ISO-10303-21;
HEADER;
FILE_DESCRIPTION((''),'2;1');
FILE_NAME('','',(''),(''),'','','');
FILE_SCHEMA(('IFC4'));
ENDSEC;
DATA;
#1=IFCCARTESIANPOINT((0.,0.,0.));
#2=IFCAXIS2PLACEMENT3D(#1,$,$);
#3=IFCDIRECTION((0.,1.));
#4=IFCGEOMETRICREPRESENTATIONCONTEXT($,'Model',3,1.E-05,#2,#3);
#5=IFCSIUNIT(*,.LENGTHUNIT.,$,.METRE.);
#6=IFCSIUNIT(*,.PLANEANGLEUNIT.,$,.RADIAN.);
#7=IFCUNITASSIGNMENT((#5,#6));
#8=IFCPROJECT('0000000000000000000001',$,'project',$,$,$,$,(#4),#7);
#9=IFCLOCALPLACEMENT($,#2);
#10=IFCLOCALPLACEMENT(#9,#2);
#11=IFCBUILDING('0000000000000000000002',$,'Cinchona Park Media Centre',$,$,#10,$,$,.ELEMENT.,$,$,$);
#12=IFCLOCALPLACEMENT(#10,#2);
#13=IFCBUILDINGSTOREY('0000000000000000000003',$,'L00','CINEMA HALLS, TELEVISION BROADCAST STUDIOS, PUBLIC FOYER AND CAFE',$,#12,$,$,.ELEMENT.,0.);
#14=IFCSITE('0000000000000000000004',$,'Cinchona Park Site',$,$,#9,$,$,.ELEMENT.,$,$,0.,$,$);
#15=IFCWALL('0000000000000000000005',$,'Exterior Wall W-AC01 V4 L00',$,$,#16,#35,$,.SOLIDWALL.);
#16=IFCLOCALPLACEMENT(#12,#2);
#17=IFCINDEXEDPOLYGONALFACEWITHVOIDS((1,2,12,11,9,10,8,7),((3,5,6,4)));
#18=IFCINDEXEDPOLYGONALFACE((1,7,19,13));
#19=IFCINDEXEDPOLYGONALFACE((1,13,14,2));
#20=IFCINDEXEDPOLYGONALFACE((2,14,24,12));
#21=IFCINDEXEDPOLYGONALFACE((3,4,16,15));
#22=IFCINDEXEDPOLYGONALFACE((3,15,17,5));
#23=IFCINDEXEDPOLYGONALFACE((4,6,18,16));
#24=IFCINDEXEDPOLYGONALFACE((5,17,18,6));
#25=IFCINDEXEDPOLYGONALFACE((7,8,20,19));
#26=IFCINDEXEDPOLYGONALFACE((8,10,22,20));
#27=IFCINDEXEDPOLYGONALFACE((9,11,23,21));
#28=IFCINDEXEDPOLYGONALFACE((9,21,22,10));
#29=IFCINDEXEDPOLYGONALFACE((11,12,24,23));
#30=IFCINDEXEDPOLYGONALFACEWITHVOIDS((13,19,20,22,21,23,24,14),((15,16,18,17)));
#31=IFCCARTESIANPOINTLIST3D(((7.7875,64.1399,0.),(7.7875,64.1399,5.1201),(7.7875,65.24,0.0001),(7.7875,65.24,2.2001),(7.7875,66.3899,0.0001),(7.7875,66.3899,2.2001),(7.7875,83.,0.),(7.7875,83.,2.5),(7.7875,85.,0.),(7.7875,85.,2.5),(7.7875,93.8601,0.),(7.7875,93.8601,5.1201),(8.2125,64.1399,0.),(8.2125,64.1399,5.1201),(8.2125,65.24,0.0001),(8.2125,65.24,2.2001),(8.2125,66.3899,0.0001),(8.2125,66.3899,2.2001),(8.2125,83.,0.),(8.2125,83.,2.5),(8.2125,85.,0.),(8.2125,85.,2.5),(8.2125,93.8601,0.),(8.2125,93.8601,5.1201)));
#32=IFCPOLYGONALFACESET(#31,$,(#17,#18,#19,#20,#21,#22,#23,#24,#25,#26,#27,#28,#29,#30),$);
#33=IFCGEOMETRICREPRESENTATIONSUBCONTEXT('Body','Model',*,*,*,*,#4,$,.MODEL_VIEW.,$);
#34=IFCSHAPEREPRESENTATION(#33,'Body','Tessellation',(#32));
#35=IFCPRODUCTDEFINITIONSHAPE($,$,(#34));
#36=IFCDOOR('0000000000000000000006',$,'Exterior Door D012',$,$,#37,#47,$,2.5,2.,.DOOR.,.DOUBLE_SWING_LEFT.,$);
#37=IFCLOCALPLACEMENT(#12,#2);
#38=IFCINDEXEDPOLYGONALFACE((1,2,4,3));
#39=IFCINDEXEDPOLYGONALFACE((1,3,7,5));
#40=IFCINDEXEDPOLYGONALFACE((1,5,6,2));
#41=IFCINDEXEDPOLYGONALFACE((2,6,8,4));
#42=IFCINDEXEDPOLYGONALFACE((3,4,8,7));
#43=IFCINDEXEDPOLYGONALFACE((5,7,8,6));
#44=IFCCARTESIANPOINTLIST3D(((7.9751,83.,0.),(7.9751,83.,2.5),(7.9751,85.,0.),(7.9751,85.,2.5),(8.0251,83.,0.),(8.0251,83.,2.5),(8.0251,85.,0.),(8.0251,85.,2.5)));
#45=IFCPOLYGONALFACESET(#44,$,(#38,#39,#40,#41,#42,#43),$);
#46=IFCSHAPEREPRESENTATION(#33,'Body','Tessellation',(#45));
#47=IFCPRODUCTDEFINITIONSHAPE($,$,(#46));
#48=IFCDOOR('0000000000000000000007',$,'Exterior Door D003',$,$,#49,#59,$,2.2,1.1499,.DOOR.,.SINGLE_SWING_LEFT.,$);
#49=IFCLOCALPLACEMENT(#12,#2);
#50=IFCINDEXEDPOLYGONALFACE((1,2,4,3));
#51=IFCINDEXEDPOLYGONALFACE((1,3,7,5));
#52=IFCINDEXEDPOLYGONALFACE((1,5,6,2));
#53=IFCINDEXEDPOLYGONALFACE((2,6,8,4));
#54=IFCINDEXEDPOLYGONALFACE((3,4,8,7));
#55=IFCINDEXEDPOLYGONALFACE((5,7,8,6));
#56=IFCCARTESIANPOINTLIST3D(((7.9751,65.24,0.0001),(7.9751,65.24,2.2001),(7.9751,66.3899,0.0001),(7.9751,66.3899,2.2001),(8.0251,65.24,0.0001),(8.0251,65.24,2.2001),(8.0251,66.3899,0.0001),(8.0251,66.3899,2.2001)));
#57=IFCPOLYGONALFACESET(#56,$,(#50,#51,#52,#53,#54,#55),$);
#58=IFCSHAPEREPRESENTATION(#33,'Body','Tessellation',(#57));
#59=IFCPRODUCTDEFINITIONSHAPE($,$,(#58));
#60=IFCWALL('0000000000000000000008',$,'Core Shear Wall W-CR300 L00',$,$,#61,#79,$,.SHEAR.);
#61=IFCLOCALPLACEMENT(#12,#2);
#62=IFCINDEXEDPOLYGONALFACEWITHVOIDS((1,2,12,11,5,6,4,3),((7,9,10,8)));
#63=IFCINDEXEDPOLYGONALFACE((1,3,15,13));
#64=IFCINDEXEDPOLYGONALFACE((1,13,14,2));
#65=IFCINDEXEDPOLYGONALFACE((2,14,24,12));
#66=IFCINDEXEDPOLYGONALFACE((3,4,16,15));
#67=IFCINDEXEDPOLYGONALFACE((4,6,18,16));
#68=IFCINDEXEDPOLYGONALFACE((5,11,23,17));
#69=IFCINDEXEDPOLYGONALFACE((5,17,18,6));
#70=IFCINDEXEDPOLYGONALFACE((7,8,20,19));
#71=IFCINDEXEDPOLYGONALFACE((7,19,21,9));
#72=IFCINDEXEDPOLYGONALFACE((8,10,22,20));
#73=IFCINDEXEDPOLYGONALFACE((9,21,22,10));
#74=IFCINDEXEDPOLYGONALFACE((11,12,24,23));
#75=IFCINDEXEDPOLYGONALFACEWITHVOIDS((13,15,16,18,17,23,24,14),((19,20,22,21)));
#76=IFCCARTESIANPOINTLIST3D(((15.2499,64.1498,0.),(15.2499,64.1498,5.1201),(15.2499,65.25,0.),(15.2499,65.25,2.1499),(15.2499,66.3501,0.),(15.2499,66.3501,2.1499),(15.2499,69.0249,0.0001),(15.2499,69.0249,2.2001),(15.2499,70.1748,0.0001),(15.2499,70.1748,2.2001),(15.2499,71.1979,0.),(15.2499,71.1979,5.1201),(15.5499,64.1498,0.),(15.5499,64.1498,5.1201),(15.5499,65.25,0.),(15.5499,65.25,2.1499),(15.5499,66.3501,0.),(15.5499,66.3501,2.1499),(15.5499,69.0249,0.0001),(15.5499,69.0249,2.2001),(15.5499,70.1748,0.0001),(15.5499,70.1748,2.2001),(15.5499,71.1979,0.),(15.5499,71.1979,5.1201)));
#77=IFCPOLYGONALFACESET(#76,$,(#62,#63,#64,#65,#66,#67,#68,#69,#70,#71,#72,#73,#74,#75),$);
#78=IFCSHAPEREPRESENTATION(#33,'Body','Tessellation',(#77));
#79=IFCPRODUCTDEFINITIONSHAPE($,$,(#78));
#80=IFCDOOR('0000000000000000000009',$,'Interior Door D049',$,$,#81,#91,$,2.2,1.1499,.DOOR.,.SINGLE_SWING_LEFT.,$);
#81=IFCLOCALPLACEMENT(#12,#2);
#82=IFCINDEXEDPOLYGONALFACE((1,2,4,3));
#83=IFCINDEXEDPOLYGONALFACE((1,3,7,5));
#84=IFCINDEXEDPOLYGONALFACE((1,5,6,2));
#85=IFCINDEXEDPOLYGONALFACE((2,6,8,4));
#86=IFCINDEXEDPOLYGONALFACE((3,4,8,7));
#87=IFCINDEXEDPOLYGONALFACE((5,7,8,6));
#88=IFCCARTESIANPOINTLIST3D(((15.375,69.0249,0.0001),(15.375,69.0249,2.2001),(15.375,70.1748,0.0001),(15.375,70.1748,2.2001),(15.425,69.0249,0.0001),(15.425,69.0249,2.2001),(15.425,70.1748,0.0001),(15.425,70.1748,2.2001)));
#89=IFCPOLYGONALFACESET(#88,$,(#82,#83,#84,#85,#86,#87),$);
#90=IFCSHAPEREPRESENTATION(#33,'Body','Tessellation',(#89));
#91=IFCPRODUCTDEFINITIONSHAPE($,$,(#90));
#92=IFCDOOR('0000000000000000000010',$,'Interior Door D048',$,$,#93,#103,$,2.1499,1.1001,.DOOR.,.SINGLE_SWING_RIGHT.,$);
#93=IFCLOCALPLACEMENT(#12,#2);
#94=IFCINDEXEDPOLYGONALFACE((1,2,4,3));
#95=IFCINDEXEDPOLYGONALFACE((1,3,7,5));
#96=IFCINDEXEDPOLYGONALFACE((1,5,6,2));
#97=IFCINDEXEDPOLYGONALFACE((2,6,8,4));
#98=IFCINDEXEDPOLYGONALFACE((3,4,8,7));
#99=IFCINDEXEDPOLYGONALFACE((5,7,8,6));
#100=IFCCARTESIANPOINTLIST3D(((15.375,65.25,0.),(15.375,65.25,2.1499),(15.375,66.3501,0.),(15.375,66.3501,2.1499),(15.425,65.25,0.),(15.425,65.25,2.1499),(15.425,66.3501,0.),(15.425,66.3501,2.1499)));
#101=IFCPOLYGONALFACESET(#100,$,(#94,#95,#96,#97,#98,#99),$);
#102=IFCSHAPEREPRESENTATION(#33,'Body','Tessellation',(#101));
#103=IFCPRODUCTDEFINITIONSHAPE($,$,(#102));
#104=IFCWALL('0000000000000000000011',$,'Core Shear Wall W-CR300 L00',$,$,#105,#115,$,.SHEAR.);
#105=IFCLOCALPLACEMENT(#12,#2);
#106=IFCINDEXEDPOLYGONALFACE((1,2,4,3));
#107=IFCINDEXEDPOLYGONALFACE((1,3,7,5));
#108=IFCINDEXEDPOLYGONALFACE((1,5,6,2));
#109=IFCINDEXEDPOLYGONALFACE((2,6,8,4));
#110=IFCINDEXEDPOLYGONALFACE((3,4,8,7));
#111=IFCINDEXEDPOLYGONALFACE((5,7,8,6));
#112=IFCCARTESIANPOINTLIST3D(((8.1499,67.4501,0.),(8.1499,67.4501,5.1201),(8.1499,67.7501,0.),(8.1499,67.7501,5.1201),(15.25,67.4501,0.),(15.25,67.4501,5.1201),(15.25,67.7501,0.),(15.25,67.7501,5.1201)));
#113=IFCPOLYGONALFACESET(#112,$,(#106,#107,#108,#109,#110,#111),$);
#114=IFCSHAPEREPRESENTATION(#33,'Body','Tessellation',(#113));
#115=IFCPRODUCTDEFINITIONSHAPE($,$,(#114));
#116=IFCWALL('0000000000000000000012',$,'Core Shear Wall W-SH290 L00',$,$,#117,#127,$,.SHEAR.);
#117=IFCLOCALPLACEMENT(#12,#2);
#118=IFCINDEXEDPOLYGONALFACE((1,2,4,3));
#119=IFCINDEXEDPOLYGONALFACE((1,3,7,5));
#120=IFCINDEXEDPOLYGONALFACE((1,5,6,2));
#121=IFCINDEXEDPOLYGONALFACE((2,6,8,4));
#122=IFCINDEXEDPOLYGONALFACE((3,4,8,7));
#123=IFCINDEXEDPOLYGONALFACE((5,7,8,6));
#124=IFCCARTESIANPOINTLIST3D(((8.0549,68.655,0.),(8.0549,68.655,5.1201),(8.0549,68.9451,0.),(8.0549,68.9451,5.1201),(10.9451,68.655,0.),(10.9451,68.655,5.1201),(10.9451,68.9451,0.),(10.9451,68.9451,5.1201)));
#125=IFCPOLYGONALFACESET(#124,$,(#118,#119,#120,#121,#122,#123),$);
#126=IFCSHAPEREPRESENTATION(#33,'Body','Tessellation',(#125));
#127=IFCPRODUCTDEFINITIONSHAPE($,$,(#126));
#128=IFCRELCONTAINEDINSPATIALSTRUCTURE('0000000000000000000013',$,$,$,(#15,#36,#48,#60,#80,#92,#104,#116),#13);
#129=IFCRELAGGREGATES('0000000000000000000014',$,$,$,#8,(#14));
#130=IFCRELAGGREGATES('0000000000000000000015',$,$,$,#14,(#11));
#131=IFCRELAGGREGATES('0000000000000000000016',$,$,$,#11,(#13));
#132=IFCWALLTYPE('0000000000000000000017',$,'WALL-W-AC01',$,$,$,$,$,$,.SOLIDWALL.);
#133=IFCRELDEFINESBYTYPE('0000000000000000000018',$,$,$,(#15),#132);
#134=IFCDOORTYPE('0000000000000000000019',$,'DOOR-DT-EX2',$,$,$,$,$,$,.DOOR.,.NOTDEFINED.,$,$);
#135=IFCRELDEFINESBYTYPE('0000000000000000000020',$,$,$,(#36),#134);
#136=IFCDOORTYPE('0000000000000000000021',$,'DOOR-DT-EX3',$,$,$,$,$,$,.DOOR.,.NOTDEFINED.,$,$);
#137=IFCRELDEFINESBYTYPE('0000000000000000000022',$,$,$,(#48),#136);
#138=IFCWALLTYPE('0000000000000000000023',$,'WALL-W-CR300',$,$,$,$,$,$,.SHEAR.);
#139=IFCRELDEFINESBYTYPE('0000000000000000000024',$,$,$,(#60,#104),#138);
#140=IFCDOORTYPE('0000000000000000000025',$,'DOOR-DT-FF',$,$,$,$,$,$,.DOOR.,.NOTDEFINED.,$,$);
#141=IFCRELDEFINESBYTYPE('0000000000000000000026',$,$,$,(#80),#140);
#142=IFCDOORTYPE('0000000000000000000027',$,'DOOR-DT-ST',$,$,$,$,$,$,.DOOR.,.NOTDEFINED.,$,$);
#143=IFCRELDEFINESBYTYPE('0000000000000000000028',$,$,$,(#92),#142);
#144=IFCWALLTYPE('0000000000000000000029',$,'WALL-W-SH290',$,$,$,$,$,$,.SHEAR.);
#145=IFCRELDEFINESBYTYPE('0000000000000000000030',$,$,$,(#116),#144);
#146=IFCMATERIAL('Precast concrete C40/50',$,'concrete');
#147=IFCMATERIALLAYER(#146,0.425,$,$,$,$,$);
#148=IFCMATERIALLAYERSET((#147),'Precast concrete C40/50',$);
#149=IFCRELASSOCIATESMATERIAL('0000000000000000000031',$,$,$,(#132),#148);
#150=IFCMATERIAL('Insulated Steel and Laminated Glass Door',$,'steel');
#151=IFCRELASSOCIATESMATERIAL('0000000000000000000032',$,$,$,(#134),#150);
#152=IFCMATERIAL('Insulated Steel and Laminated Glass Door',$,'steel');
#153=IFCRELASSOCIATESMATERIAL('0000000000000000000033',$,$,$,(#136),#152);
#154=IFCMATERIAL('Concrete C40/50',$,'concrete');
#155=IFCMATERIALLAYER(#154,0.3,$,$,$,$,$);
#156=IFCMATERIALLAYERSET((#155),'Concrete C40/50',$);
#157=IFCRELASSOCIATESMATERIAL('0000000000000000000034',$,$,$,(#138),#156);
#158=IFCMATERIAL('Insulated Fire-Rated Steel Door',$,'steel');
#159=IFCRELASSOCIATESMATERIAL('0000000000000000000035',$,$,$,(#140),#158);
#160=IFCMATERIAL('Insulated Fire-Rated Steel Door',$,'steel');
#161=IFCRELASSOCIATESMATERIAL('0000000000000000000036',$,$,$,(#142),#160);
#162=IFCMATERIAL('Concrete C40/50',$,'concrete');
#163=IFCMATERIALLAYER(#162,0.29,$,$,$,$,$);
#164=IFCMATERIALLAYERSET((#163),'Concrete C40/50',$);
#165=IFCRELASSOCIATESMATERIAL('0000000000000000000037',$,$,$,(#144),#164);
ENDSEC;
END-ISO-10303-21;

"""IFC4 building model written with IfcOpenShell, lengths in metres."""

from ifc_helpers import new_model, si_unit, direction, frame, frame_2d, origin, place, context, subcontext, project, spatial, rectangle, extrude, material, layer, layer_set, type_object, element, fill, save


model = new_model("IFC4")

# Units and contexts
model_context = context("Model", 3, precision=1e-05, world=origin(), true_north=direction((0.0, 1.0)))
body_context = subcontext(model_context, "Body", "Model", "MODEL_VIEW")
ifc_project = project(units=[si_unit("LENGTHUNIT", "METRE"), si_unit("PLANEANGLEUNIT", "RADIAN")], contexts=[model_context])

# Site, building, storey
site_placement = place(None, origin())
site = spatial("IfcSite", under=ifc_project, at=site_placement, Name="Cinchona Park Site", CompositionType="ELEMENT", RefElevation=0.0)
building_placement = place(site_placement, origin())
building = spatial("IfcBuilding", under=site, at=building_placement, Name="Cinchona Park Media Centre", CompositionType="ELEMENT")
storey_placement = place(building_placement, origin())
storey = spatial("IfcBuildingStorey", under=building, at=storey_placement, Name="L00", Description="CINEMA HALLS, TELEVISION BROADCAST STUDIOS, PUBLIC FOYER AND CAFE", CompositionType="ELEMENT", Elevation=0.0)

# Shared definitions
ifc_material_1 = material(Name="Precast concrete C40/50", Category="concrete")
ifc_layer_1 = layer(ifc_material_1, 0.425)
ifc_layer_set_1 = layer_set([ifc_layer_1], Name="Precast concrete C40/50")
wall_type_1 = type_object("IfcWallType", Name="WALL-W-AC01", PredefinedType="SOLIDWALL", material=ifc_layer_set_1)

# Walls, openings, doors
wall_1_placement = place(storey_placement, frame((8.0, 64.1399, 0.0), z_axis=(0.0, 0.0, 1.0), x_axis=(0.0, 1.0, 0.0)))
wall_1 = element("IfcWall", 1, at=wall_1_placement, inside=storey, type_object=wall_type_1, Name="Exterior Wall W-AC01 V4 L00", PredefinedType="SOLIDWALL", context=body_context, shape_type="SweptSolid", body=[
    extrude(rectangle(XDim=29.7202, YDim=0.425, at=frame_2d((14.8601, 0.0))), origin(), (0.0, 0.0, 1.0), 5.1201),
])
opening_1_placement = place(wall_1_placement, frame((1.1001, 0.0, 0.0)))
opening_1 = element("IfcOpeningElement", 2, at=opening_1_placement, cuts=wall_1, PredefinedType="OPENING", context=body_context, shape_type="SweptSolid", body=[
    extrude(rectangle(XDim=1.1499, YDim=2.2, at=frame_2d((0.575, 1.1001))), frame((0.0, 0.2224, 0.0), z_axis=(0.0, -1.0, 0.0), x_axis=(1.0, 0.0, 0.0)), (0.0, 0.0, 1.0), 0.4451),
])
opening_2_placement = place(wall_1_placement, frame((18.8601, 0.0, 0.0)))
opening_2 = element("IfcOpeningElement", 3, at=opening_2_placement, cuts=wall_1, PredefinedType="OPENING", context=body_context, shape_type="SweptSolid", body=[
    extrude(rectangle(XDim=2.0, YDim=2.5, at=frame_2d((1.0, 1.25))), frame((0.0, 0.2224, 0.0), z_axis=(0.0, -1.0, 0.0), x_axis=(1.0, 0.0, 0.0)), (0.0, 0.0, 1.0), 0.4451),
])
ifc_material_2 = material(Name="Insulated Steel and Laminated Glass Door", Category="steel")
door_type_1 = type_object("IfcDoorType", Name="DOOR-DT-EX2", OperationType="NOTDEFINED", PredefinedType="DOOR", material=ifc_material_2)
door_1_placement = place(opening_2_placement, origin())
door_1 = element("IfcDoor", 4, at=door_1_placement, inside=storey, type_object=door_type_1, Name="Exterior Door D012", OperationType="DOUBLE_SWING_LEFT", OverallHeight=2.5, OverallWidth=2.0, PredefinedType="DOOR", context=body_context, shape_type="SweptSolid", body=[
    extrude(rectangle(XDim=2.0, YDim=2.5, at=frame_2d((1.0, 1.25))), frame((0.0, 0.0249, 0.0), z_axis=(0.0, -1.0, 0.0), x_axis=(1.0, 0.0, 0.0)), (0.0, 0.0, 1.0), 0.05),
])
fill(opening_2, door_1)
ifc_material_3 = material(Name="Insulated Steel and Laminated Glass Door", Category="steel")
door_type_2 = type_object("IfcDoorType", Name="DOOR-DT-EX3", OperationType="NOTDEFINED", PredefinedType="DOOR", material=ifc_material_3)
door_2_placement = place(opening_1_placement, origin())
door_2 = element("IfcDoor", 5, at=door_2_placement, inside=storey, type_object=door_type_2, Name="Exterior Door D003", OperationType="SINGLE_SWING_LEFT", OverallHeight=2.2, OverallWidth=1.1499, PredefinedType="DOOR", context=body_context, shape_type="SweptSolid", body=[
    extrude(rectangle(XDim=1.1499, YDim=2.2, at=frame_2d((0.575, 1.1001))), frame((0.0, 0.0249, 0.0), z_axis=(0.0, -1.0, 0.0), x_axis=(1.0, 0.0, 0.0)), (0.0, 0.0, 1.0), 0.05),
])
fill(opening_1, door_2)
ifc_material_4 = material(Name="Concrete C40/50", Category="concrete")
ifc_layer_2 = layer(ifc_material_4, 0.3)
ifc_layer_set_2 = layer_set([ifc_layer_2], Name="Concrete C40/50")
wall_type_2 = type_object("IfcWallType", Name="WALL-W-CR300", PredefinedType="SHEAR", material=ifc_layer_set_2)
wall_2_placement = place(storey_placement, frame((15.3999, 64.1499, 0.0), z_axis=(0.0, 0.0, 1.0), x_axis=(0.0, 1.0, 0.0)))
wall_2 = element("IfcWall", 6, at=wall_2_placement, inside=storey, type_object=wall_type_2, Name="Core Shear Wall W-CR300 L00", PredefinedType="SHEAR", context=body_context, shape_type="SweptSolid", body=[
    extrude(rectangle(XDim=7.0481, YDim=0.3, at=frame_2d((3.5239, 0.0))), origin(), (0.0, 0.0, 1.0), 5.1201),
])
opening_3_placement = place(wall_2_placement, frame((1.1001, 0.0, 0.0)))
opening_3 = element("IfcOpeningElement", 7, at=opening_3_placement, cuts=wall_2, PredefinedType="OPENING", context=body_context, shape_type="SweptSolid", body=[
    extrude(rectangle(XDim=1.1001, YDim=2.1499, at=frame_2d((0.55, 1.075))), frame((0.0, 0.1599, 0.0), z_axis=(0.0, -1.0, 0.0), x_axis=(1.0, 0.0, 0.0)), (0.0, 0.0, 1.0), 0.3201),
])
opening_4_placement = place(wall_2_placement, frame((4.875, 0.0, 0.0)))
opening_4 = element("IfcOpeningElement", 8, at=opening_4_placement, cuts=wall_2, PredefinedType="OPENING", context=body_context, shape_type="SweptSolid", body=[
    extrude(rectangle(XDim=1.1499, YDim=2.2, at=frame_2d((0.575, 1.1001))), frame((0.0, 0.1599, 0.0), z_axis=(0.0, -1.0, 0.0), x_axis=(1.0, 0.0, 0.0)), (0.0, 0.0, 1.0), 0.3201),
])
ifc_material_5 = material(Name="Insulated Fire-Rated Steel Door", Category="steel")
door_type_3 = type_object("IfcDoorType", Name="DOOR-DT-FF", OperationType="NOTDEFINED", PredefinedType="DOOR", material=ifc_material_5)
door_3_placement = place(opening_4_placement, origin())
door_3 = element("IfcDoor", 9, at=door_3_placement, inside=storey, type_object=door_type_3, Name="Interior Door D049", OperationType="SINGLE_SWING_LEFT", OverallHeight=2.2, OverallWidth=1.1499, PredefinedType="DOOR", context=body_context, shape_type="SweptSolid", body=[
    extrude(rectangle(XDim=1.1499, YDim=2.2, at=frame_2d((0.575, 1.1001))), frame((0.0, 0.0249, 0.0), z_axis=(0.0, -1.0, 0.0), x_axis=(1.0, 0.0, 0.0)), (0.0, 0.0, 1.0), 0.05),
])
fill(opening_4, door_3)
ifc_material_6 = material(Name="Insulated Fire-Rated Steel Door", Category="steel")
door_type_4 = type_object("IfcDoorType", Name="DOOR-DT-ST", OperationType="NOTDEFINED", PredefinedType="DOOR", material=ifc_material_6)
door_4_placement = place(opening_3_placement, origin())
door_4 = element("IfcDoor", 10, at=door_4_placement, inside=storey, type_object=door_type_4, Name="Interior Door D048", OperationType="SINGLE_SWING_RIGHT", OverallHeight=2.1499, OverallWidth=1.1001, PredefinedType="DOOR", context=body_context, shape_type="SweptSolid", body=[
    extrude(rectangle(XDim=1.1001, YDim=2.1499, at=frame_2d((0.55, 1.075))), frame((0.0, 0.0249, 0.0), z_axis=(0.0, -1.0, 0.0), x_axis=(1.0, 0.0, 0.0)), (0.0, 0.0, 1.0), 0.05),
])
fill(opening_3, door_4)

# Walls
wall_3_placement = place(storey_placement, frame((8.1499, 67.6001, 0.0), z_axis=(0.0, 0.0, 1.0), x_axis=(1.0, 0.0, 0.0)))
element("IfcWall", 11, at=wall_3_placement, inside=storey, type_object=wall_type_2, Name="Core Shear Wall W-CR300 L00", PredefinedType="SHEAR", context=body_context, shape_type="SweptSolid", body=[
    extrude(rectangle(XDim=7.1001, YDim=0.3, at=frame_2d((3.55, 0.0))), origin(), (0.0, 0.0, 1.0), 5.1201),
])
ifc_material_7 = material(Name="Concrete C40/50", Category="concrete")
ifc_layer_3 = layer(ifc_material_7, 0.29)
ifc_layer_set_3 = layer_set([ifc_layer_3], Name="Concrete C40/50")
wall_type_3 = type_object("IfcWallType", Name="WALL-W-SH290", PredefinedType="SHEAR", material=ifc_layer_set_3)
wall_4_placement = place(storey_placement, frame((8.0549, 68.8, 0.0), z_axis=(0.0, 0.0, 1.0), x_axis=(1.0, 0.0, 0.0)))
element("IfcWall", 12, at=wall_4_placement, inside=storey, type_object=wall_type_3, Name="Core Shear Wall W-SH290 L00", PredefinedType="SHEAR", context=body_context, shape_type="SweptSolid", body=[
    extrude(rectangle(XDim=2.8901, YDim=0.29, at=frame_2d((1.4451, 0.0))), origin(), (0.0, 0.0, 1.0), 5.1201),
])

save(model, "model.ifc")
